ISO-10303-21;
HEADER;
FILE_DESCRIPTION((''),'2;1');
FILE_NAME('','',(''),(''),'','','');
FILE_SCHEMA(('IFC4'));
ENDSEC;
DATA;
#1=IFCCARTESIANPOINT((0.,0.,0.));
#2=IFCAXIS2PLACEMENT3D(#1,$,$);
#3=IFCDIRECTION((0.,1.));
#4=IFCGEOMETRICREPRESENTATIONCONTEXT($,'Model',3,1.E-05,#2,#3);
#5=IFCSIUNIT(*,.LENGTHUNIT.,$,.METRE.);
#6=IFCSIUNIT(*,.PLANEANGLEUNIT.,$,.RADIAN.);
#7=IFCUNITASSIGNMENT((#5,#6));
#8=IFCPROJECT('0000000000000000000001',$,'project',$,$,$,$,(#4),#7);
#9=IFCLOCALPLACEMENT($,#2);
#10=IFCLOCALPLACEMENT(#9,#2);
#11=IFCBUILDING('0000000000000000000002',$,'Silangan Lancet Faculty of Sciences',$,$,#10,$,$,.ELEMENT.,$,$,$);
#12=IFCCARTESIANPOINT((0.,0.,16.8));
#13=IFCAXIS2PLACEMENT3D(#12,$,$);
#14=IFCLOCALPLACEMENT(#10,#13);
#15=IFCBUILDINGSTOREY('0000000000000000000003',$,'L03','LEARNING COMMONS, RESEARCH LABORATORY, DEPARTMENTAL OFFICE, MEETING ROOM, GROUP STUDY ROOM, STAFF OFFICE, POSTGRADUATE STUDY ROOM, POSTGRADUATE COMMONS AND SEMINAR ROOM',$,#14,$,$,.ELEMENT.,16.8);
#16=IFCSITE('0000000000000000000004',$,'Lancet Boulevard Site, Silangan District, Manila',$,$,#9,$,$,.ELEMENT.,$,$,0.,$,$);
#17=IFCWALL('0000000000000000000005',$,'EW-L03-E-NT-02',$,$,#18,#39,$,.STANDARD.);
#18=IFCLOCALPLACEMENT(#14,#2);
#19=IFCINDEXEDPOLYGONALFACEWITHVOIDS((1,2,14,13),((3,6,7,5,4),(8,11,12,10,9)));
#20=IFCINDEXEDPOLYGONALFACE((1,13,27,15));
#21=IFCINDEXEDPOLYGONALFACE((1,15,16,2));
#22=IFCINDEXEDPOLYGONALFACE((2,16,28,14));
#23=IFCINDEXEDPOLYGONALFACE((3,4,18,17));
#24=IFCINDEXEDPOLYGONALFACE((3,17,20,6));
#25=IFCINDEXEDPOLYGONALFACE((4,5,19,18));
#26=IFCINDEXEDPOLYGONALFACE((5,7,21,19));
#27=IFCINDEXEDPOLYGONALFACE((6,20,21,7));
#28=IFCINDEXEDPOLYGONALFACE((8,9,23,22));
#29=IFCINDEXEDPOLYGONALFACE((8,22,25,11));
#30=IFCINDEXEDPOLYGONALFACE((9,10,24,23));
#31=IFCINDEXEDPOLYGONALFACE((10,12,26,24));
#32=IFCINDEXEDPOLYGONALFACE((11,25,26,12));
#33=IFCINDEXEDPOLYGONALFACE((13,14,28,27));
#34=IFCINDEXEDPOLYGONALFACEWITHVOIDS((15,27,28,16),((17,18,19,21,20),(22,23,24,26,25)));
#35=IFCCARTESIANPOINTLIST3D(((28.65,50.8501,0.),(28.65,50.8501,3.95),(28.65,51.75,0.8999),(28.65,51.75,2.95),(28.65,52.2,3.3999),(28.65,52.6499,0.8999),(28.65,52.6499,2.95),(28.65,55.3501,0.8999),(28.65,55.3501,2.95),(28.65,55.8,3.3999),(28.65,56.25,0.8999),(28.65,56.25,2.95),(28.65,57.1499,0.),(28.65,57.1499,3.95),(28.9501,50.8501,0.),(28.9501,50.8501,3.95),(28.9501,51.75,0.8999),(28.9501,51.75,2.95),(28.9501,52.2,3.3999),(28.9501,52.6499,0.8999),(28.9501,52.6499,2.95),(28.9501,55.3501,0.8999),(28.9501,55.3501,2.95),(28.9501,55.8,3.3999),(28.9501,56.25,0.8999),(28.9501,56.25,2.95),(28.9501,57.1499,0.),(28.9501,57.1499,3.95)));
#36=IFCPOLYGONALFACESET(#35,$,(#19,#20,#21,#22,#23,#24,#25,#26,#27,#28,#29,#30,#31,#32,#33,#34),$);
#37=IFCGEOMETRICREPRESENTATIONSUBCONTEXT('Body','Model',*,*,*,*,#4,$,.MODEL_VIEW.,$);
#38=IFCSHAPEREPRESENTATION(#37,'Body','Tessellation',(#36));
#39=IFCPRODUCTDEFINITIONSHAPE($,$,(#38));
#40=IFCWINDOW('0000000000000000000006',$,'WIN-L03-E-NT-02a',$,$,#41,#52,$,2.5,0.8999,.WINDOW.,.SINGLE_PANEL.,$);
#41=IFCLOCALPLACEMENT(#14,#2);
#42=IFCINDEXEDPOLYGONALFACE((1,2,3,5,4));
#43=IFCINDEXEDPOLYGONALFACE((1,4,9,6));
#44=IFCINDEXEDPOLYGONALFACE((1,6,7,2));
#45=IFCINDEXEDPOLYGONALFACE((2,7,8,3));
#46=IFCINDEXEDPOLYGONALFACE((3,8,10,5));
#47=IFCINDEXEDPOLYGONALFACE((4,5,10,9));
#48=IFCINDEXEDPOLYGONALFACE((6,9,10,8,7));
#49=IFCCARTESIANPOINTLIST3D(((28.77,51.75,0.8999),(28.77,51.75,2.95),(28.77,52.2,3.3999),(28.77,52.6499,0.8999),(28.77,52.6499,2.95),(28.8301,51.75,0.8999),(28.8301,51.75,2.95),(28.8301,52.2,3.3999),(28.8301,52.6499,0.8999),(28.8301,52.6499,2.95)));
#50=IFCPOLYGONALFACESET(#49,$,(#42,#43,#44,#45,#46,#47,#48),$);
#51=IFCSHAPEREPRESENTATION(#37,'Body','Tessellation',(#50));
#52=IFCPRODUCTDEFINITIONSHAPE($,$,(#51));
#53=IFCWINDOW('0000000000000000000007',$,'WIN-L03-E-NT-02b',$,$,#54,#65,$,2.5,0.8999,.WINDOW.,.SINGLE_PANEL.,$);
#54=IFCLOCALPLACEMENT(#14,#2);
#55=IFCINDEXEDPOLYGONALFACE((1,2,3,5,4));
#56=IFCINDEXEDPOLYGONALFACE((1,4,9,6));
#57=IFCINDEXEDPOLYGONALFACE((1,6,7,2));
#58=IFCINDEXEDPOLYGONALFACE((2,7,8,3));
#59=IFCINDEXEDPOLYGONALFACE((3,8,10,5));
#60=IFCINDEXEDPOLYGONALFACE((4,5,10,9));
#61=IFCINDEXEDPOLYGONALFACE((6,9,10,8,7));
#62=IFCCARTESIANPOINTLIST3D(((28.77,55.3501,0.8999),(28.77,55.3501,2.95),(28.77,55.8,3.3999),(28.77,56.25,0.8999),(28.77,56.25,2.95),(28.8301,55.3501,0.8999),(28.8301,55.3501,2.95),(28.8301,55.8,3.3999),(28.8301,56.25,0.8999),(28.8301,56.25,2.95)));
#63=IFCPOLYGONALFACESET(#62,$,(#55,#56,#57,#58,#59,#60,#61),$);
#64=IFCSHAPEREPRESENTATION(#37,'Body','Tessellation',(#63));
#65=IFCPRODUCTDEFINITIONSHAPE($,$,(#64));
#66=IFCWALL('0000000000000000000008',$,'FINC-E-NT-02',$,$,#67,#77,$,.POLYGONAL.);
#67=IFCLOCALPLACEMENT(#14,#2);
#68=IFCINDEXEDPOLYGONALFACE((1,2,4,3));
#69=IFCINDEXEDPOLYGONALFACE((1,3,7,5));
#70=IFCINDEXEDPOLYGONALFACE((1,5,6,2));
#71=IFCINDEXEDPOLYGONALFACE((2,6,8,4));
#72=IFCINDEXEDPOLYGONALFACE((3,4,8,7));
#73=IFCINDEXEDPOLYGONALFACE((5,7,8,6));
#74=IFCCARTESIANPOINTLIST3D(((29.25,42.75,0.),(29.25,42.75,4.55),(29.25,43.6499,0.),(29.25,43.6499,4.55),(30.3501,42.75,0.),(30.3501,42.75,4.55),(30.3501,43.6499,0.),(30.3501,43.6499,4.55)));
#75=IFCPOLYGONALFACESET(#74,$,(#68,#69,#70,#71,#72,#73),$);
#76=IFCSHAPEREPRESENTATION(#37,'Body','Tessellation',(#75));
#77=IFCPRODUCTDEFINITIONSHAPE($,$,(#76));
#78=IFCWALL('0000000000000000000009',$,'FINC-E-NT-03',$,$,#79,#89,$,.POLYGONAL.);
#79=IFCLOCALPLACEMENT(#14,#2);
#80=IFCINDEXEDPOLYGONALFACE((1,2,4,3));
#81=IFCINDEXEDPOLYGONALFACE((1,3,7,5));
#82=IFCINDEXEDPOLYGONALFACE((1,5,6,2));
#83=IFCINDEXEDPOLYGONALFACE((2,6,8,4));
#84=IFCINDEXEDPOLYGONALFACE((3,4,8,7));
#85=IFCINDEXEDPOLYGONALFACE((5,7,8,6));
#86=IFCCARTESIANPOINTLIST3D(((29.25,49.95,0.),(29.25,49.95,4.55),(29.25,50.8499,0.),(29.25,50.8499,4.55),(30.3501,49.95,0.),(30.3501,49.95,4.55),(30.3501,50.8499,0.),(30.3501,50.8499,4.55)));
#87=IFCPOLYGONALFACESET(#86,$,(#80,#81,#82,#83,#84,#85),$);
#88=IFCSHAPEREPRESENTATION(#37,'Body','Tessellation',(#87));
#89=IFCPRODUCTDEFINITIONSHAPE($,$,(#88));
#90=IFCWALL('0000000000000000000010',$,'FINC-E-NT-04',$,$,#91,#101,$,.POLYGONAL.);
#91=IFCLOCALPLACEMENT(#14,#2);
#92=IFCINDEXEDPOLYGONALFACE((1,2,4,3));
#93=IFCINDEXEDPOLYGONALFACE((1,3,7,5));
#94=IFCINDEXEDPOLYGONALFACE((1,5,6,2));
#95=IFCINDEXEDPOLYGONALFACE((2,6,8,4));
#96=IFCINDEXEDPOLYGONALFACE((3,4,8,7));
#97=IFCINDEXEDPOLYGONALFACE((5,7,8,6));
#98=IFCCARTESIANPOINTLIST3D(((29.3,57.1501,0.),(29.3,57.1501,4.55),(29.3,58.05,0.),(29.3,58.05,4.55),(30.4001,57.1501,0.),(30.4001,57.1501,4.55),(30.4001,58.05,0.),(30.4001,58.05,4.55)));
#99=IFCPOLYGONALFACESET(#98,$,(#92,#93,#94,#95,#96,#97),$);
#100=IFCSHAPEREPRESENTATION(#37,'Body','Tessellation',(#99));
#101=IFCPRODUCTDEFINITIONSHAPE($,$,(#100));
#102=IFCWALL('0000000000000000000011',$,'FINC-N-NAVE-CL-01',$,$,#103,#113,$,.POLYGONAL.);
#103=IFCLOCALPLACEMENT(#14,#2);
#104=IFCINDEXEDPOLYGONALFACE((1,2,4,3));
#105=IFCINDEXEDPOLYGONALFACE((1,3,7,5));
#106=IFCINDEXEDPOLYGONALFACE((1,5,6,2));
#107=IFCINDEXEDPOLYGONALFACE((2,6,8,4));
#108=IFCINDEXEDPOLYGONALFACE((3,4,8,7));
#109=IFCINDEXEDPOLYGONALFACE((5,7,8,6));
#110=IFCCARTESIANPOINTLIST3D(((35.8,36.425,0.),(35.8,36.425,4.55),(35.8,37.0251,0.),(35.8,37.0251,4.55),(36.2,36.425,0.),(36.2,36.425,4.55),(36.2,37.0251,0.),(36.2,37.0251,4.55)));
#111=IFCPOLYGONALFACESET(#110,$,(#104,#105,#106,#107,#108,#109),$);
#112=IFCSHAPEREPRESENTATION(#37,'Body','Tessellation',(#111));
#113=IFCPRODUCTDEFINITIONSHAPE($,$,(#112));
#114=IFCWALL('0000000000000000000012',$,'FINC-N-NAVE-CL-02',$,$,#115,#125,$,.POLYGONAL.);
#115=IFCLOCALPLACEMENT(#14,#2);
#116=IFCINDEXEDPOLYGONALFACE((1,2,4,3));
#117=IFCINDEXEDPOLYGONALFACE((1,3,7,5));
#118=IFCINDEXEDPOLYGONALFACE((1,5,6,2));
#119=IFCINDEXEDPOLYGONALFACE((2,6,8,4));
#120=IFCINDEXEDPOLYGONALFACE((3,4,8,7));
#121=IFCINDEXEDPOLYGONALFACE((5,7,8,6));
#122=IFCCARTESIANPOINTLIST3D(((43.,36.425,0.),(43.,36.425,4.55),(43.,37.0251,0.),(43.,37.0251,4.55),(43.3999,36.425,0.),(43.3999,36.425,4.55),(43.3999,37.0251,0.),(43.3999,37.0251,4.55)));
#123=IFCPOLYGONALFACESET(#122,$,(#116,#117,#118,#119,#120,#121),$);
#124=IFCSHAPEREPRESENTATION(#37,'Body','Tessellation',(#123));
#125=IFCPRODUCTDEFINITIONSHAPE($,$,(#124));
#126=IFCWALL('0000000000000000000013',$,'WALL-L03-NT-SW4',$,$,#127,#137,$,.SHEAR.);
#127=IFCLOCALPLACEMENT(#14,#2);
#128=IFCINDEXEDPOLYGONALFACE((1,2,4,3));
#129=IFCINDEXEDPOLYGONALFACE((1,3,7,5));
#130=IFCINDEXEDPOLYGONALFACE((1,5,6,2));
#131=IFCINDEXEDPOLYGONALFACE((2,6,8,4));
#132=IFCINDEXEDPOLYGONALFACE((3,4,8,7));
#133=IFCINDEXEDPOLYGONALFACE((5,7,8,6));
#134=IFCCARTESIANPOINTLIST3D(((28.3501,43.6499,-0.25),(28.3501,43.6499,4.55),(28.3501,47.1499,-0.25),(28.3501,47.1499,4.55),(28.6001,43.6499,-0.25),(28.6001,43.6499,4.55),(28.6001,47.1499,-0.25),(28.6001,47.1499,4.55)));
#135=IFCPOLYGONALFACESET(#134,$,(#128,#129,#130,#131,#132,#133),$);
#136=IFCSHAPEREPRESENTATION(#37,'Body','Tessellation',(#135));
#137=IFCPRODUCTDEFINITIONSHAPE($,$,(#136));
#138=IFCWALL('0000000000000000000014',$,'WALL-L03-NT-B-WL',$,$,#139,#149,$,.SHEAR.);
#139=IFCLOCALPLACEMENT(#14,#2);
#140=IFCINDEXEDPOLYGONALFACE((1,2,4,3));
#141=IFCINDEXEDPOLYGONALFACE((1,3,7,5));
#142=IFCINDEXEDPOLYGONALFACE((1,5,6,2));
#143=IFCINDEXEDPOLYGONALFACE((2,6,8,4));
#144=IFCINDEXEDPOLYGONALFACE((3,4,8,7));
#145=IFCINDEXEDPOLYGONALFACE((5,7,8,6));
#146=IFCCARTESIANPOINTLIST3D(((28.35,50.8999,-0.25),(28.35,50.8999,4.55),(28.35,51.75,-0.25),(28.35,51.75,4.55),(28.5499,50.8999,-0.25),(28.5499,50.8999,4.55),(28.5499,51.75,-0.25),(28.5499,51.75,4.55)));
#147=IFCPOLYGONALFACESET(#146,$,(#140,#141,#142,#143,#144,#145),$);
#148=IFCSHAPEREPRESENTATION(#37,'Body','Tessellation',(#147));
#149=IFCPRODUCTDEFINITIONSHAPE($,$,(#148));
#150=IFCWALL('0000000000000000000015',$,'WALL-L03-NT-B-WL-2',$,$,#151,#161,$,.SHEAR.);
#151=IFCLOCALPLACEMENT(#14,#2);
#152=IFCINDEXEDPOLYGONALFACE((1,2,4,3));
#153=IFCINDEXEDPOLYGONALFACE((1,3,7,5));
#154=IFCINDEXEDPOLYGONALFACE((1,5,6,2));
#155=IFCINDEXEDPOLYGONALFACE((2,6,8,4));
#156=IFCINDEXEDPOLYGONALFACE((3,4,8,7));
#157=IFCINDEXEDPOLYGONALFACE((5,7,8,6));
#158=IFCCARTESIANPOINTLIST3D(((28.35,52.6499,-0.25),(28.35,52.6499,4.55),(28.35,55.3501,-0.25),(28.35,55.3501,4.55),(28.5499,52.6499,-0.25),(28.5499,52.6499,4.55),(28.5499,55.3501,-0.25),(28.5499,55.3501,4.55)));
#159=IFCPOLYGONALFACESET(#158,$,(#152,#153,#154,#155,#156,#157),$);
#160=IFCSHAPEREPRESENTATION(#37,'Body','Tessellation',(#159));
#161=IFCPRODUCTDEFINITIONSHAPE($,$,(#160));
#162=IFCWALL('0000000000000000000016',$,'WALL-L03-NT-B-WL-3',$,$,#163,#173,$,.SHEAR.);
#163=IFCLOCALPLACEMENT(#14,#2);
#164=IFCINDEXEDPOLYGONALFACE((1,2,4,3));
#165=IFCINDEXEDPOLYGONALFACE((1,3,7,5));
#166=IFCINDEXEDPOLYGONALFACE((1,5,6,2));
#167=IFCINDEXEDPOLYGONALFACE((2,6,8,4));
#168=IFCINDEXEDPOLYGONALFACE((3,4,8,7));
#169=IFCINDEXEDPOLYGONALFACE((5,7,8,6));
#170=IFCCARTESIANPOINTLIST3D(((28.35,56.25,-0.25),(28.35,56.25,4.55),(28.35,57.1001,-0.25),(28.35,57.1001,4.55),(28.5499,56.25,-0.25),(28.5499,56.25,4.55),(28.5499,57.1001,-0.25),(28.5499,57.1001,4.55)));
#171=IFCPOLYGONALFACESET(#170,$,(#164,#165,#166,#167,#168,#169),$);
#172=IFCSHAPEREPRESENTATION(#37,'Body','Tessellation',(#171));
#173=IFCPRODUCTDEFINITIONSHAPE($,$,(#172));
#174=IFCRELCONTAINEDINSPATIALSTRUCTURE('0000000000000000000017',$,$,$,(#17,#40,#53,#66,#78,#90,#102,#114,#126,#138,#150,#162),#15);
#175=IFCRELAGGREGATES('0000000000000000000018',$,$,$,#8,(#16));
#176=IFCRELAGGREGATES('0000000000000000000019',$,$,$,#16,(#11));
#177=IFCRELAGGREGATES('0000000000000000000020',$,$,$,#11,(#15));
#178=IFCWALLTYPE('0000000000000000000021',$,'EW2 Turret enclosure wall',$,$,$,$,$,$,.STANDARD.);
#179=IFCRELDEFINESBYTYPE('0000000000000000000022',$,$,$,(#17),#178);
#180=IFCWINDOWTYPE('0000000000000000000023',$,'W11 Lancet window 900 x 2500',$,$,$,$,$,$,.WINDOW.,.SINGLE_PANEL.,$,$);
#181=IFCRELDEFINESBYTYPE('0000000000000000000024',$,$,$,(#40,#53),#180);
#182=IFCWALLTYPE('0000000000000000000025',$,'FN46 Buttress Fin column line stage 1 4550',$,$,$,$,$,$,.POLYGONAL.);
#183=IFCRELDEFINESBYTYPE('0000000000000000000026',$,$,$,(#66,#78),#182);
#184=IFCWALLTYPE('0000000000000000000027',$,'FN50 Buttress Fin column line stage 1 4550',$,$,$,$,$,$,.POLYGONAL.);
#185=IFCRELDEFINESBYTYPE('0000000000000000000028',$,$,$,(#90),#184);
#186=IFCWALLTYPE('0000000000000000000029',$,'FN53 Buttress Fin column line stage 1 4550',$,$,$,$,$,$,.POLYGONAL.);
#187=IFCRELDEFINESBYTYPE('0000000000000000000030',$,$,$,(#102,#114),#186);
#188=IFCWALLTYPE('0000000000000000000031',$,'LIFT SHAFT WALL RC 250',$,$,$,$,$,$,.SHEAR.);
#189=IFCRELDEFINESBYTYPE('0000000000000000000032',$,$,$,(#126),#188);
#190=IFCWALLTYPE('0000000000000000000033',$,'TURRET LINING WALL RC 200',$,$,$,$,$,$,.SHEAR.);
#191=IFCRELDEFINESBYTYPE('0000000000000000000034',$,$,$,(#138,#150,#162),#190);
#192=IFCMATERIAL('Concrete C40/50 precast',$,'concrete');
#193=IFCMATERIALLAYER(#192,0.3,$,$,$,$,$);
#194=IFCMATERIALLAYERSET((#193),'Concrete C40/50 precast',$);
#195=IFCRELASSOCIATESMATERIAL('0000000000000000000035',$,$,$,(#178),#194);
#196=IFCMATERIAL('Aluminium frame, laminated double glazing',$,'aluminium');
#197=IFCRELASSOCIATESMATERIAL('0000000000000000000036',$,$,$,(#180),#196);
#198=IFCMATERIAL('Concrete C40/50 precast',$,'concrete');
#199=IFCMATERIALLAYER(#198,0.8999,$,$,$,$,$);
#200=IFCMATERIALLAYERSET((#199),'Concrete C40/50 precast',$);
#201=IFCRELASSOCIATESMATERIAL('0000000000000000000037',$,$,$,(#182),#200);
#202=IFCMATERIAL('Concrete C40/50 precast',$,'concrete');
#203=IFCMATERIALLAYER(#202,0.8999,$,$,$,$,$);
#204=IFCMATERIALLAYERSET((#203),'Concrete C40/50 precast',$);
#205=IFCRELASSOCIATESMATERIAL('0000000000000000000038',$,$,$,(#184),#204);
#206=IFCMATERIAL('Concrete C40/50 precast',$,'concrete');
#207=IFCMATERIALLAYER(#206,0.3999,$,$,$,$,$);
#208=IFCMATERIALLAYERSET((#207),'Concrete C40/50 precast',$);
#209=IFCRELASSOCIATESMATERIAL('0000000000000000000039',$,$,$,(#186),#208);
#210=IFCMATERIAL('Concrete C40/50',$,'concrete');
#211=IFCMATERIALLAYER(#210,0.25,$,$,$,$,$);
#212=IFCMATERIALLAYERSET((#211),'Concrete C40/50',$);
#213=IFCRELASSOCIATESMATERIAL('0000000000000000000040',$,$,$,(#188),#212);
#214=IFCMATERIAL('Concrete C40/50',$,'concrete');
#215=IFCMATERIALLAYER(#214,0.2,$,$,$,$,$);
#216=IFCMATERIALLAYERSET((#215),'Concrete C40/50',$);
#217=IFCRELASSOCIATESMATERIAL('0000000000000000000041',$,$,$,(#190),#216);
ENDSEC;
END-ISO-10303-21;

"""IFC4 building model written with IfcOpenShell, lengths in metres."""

from ifc_helpers import new_model, si_unit, direction, frame, frame_2d, origin, place, context, subcontext, project, spatial, polyline, rectangle, outline, extrude, material, layer, layer_set, type_object, element, fill, save


model = new_model("IFC4")

# Units and contexts
model_context = context("Model", 3, precision=1e-05, world=origin(), true_north=direction((0.0, 1.0)))
body_context = subcontext(model_context, "Body", "Model", "MODEL_VIEW")
ifc_project = project(units=[si_unit("LENGTHUNIT", "METRE"), si_unit("PLANEANGLEUNIT", "RADIAN")], contexts=[model_context])

# Site, building, storey
site_placement = place(None, origin())
site = spatial("IfcSite", under=ifc_project, at=site_placement, Name="Lancet Boulevard Site, Silangan District, Manila", CompositionType="ELEMENT", RefElevation=0.0)
building_placement = place(site_placement, origin())
building = spatial("IfcBuilding", under=site, at=building_placement, Name="Silangan Lancet Faculty of Sciences", CompositionType="ELEMENT")
storey_placement = place(building_placement, frame((0.0, 0.0, 16.8)))
storey = spatial("IfcBuildingStorey", under=building, at=storey_placement, Name="L03", Description="LEARNING COMMONS, RESEARCH LABORATORY, DEPARTMENTAL OFFICE, MEETING ROOM, GROUP STUDY ROOM, STAFF OFFICE, POSTGRADUATE STUDY ROOM, POSTGRADUATE COMMONS AND SEMINAR ROOM", CompositionType="ELEMENT", Elevation=16.8)

# Wall, openings, windows
ifc_material_1 = material(Name="Concrete C40/50 precast", Category="concrete")
ifc_layer_1 = layer(ifc_material_1, 0.3)
ifc_layer_set_1 = layer_set([ifc_layer_1], Name="Concrete C40/50 precast")
wall_type_1 = type_object("IfcWallType", Name="EW2 Turret enclosure wall", PredefinedType="STANDARD", material=ifc_layer_set_1)
wall_1_placement = place(storey_placement, frame((28.8, 50.8501, 0.0), z_axis=(0.0, 0.0, 1.0), x_axis=(0.0, 1.0, 0.0)))
wall_1 = element("IfcWall", 1, at=wall_1_placement, inside=storey, type_object=wall_type_1, Name="EW-L03-E-NT-02", PredefinedType="STANDARD", context=body_context, shape_type="SweptSolid", body=[
    extrude(rectangle(XDim=6.2998, YDim=0.3, at=frame_2d((3.1499, 0.0))), origin(), (0.0, 0.0, 1.0), 3.95),
])
opening_1_placement = place(wall_1_placement, frame((0.8999, 0.0, 0.8999)))
opening_1 = element("IfcOpeningElement", 2, at=opening_1_placement, cuts=wall_1, PredefinedType="OPENING", context=body_context, shape_type="SweptSolid", body=[
    extrude(outline(polyline([(0.0, 0.0), (0.8999, 0.0), (0.8999, 2.05), (0.45, 2.5), (0.0, 2.05), (0.0, 0.0)])), frame((0.0, 0.1599, 0.0), z_axis=(0.0, -1.0, 0.0), x_axis=(1.0, 0.0, 0.0)), (0.0, 0.0, 1.0), 0.3201),
])
opening_2_placement = place(wall_1_placement, frame((4.5, 0.0, 0.8999)))
opening_2 = element("IfcOpeningElement", 3, at=opening_2_placement, cuts=wall_1, PredefinedType="OPENING", context=body_context, shape_type="SweptSolid", body=[
    extrude(outline(polyline([(0.0, 0.0), (0.8999, 0.0), (0.8999, 2.05), (0.45, 2.5), (0.0, 2.05), (0.0, 0.0)])), frame((0.0, 0.1599, 0.0), z_axis=(0.0, -1.0, 0.0), x_axis=(1.0, 0.0, 0.0)), (0.0, 0.0, 1.0), 0.3201),
])
ifc_material_2 = material(Name="Aluminium frame, laminated double glazing", Category="aluminium")
window_type_1 = type_object("IfcWindowType", Name="W11 Lancet window 900 x 2500", PartitioningType="SINGLE_PANEL", PredefinedType="WINDOW", material=ifc_material_2)
window_1_placement = place(opening_1_placement, origin())
window_1 = element("IfcWindow", 4, at=window_1_placement, inside=storey, type_object=window_type_1, Name="WIN-L03-E-NT-02a", OverallHeight=2.5, OverallWidth=0.8999, PartitioningType="SINGLE_PANEL", PredefinedType="WINDOW", context=body_context, shape_type="SweptSolid", body=[
    extrude(outline(polyline([(0.0, 0.0), (0.8999, 0.0), (0.8999, 2.05), (0.45, 2.5), (0.0, 2.05), (0.0, 0.0)])), frame((0.0, 0.03, 0.0), z_axis=(0.0, -1.0, 0.0), x_axis=(1.0, 0.0, 0.0)), (0.0, 0.0, 1.0), 0.0601),
])
fill(opening_1, window_1)
window_2_placement = place(opening_2_placement, origin())
window_2 = element("IfcWindow", 5, at=window_2_placement, inside=storey, type_object=window_type_1, Name="WIN-L03-E-NT-02b", OverallHeight=2.5, OverallWidth=0.8999, PartitioningType="SINGLE_PANEL", PredefinedType="WINDOW", context=body_context, shape_type="SweptSolid", body=[
    extrude(outline(polyline([(0.0, 0.0), (0.8999, 0.0), (0.8999, 2.05), (0.45, 2.5), (0.0, 2.05), (0.0, 0.0)])), frame((0.0, 0.03, 0.0), z_axis=(0.0, -1.0, 0.0), x_axis=(1.0, 0.0, 0.0)), (0.0, 0.0, 1.0), 0.0601),
])
fill(opening_2, window_2)

# Walls
ifc_material_3 = material(Name="Concrete C40/50 precast", Category="concrete")
ifc_layer_2 = layer(ifc_material_3, 0.8999)
ifc_layer_set_2 = layer_set([ifc_layer_2], Name="Concrete C40/50 precast")
wall_type_2 = type_object("IfcWallType", Name="FN46 Buttress Fin column line stage 1 4550", PredefinedType="POLYGONAL", material=ifc_layer_set_2)
for number, where, z_axis, x_axis, name in (
    (6, (29.25, 43.2, 0.0), (0.0, 0.0, 1.0), (1.0, 0.0, 0.0), "FINC-E-NT-02"),
    (7, (29.25, 50.3999, 0.0), (0.0, 0.0, 1.0), (1.0, 0.0, 0.0), "FINC-E-NT-03"),
):
    element("IfcWall", number, at=place(storey_placement, frame(where, z_axis=z_axis, x_axis=x_axis)), inside=storey, type_object=wall_type_2, Name=name, PredefinedType="POLYGONAL", context=body_context, shape_type="SweptSolid", body=[
        extrude(outline(polyline([(1.1001, 0.0), (1.1001, 4.55), (0.0, 4.55), (0.0, 0.0), (1.1001, 0.0)])), frame((0.0, 0.45, 0.0), z_axis=(0.0, -1.0, 0.0), x_axis=(1.0, 0.0, 0.0)), (0.0, 0.0, 1.0), 0.8999),
    ])
ifc_material_4 = material(Name="Concrete C40/50 precast", Category="concrete")
ifc_layer_3 = layer(ifc_material_4, 0.8999)
ifc_layer_set_3 = layer_set([ifc_layer_3], Name="Concrete C40/50 precast")
wall_type_3 = type_object("IfcWallType", Name="FN50 Buttress Fin column line stage 1 4550", PredefinedType="POLYGONAL", material=ifc_layer_set_3)
wall_2_placement = place(storey_placement, frame((29.3, 57.6001, 0.0), z_axis=(0.0, 0.0, 1.0), x_axis=(1.0, 0.0, 0.0)))
element("IfcWall", 8, at=wall_2_placement, inside=storey, type_object=wall_type_3, Name="FINC-E-NT-04", PredefinedType="POLYGONAL", context=body_context, shape_type="SweptSolid", body=[
    extrude(outline(polyline([(1.1001, 0.0), (1.1001, 4.55), (0.0, 4.55), (0.0, 0.0), (1.1001, 0.0)])), frame((0.0, 0.45, 0.0), z_axis=(0.0, -1.0, 0.0), x_axis=(1.0, 0.0, 0.0)), (0.0, 0.0, 1.0), 0.8999),
])
ifc_material_5 = material(Name="Concrete C40/50 precast", Category="concrete")
ifc_layer_4 = layer(ifc_material_5, 0.3999)
ifc_layer_set_4 = layer_set([ifc_layer_4], Name="Concrete C40/50 precast")
wall_type_4 = type_object("IfcWallType", Name="FN53 Buttress Fin column line stage 1 4550", PredefinedType="POLYGONAL", material=ifc_layer_set_4)
for number, where, z_axis, x_axis, name in (
    (9, (36.0, 36.425, 0.0), (0.0, 0.0, 1.0), (0.0, 1.0, 0.0), "FINC-N-NAVE-CL-01"),
    (10, (43.2, 36.425, 0.0), (0.0, 0.0, 1.0), (0.0, 1.0, 0.0), "FINC-N-NAVE-CL-02"),
):
    element("IfcWall", number, at=place(storey_placement, frame(where, z_axis=z_axis, x_axis=x_axis)), inside=storey, type_object=wall_type_4, Name=name, PredefinedType="POLYGONAL", context=body_context, shape_type="SweptSolid", body=[
        extrude(outline(polyline([(0.6001, 0.0), (0.6001, 4.55), (0.0, 4.55), (0.0, 0.0), (0.6001, 0.0)])), frame((0.0, 0.2, 0.0), z_axis=(0.0, -1.0, 0.0), x_axis=(1.0, 0.0, 0.0)), (0.0, 0.0, 1.0), 0.3999),
    ])
ifc_material_6 = material(Name="Concrete C40/50", Category="concrete")
ifc_layer_5 = layer(ifc_material_6, 0.25)
ifc_layer_set_5 = layer_set([ifc_layer_5], Name="Concrete C40/50")
wall_type_5 = type_object("IfcWallType", Name="LIFT SHAFT WALL RC 250", PredefinedType="SHEAR", material=ifc_layer_set_5)
wall_3_placement = place(storey_placement, frame((28.4751, 43.6499, -0.25), z_axis=(0.0, 0.0, 1.0), x_axis=(0.0, 1.0, 0.0)))
element("IfcWall", 11, at=wall_3_placement, inside=storey, type_object=wall_type_5, Name="WALL-L03-NT-SW4", PredefinedType="SHEAR", context=body_context, shape_type="SweptSolid", body=[
    extrude(rectangle(XDim=3.5, YDim=0.25, at=frame_2d((1.75, 0.0))), origin(), (0.0, 0.0, 1.0), 4.8),
])
ifc_material_7 = material(Name="Concrete C40/50", Category="concrete")
ifc_layer_6 = layer(ifc_material_7, 0.2)
ifc_layer_set_6 = layer_set([ifc_layer_6], Name="Concrete C40/50")
wall_type_6 = type_object("IfcWallType", Name="TURRET LINING WALL RC 200", PredefinedType="SHEAR", material=ifc_layer_set_6)
wall_4_placement = place(storey_placement, frame((28.45, 50.8999, -0.25), z_axis=(0.0, 0.0, 1.0), x_axis=(0.0, 1.0, 0.0)))
element("IfcWall", 12, at=wall_4_placement, inside=storey, type_object=wall_type_6, Name="WALL-L03-NT-B-WL", PredefinedType="SHEAR", context=body_context, shape_type="SweptSolid", body=[
    extrude(rectangle(XDim=0.8501, YDim=0.2, at=frame_2d((0.425, 0.0))), origin(), (0.0, 0.0, 1.0), 4.8),
])
wall_5_placement = place(storey_placement, frame((28.45, 52.6499, -0.25), z_axis=(0.0, 0.0, 1.0), x_axis=(0.0, 1.0, 0.0)))
element("IfcWall", 13, at=wall_5_placement, inside=storey, type_object=wall_type_6, Name="WALL-L03-NT-B-WL-2", PredefinedType="SHEAR", context=body_context, shape_type="SweptSolid", body=[
    extrude(rectangle(XDim=2.7002, YDim=0.2, at=frame_2d((1.3501, 0.0))), origin(), (0.0, 0.0, 1.0), 4.8),
])
wall_6_placement = place(storey_placement, frame((28.45, 56.25, -0.25), z_axis=(0.0, 0.0, 1.0), x_axis=(0.0, 1.0, 0.0)))
element("IfcWall", 14, at=wall_6_placement, inside=storey, type_object=wall_type_6, Name="WALL-L03-NT-B-WL-3", PredefinedType="SHEAR", context=body_context, shape_type="SweptSolid", body=[
    extrude(rectangle(XDim=0.8501, YDim=0.2, at=frame_2d((0.425, 0.0))), origin(), (0.0, 0.0, 1.0), 4.8),
])

save(model, "model.ifc")
